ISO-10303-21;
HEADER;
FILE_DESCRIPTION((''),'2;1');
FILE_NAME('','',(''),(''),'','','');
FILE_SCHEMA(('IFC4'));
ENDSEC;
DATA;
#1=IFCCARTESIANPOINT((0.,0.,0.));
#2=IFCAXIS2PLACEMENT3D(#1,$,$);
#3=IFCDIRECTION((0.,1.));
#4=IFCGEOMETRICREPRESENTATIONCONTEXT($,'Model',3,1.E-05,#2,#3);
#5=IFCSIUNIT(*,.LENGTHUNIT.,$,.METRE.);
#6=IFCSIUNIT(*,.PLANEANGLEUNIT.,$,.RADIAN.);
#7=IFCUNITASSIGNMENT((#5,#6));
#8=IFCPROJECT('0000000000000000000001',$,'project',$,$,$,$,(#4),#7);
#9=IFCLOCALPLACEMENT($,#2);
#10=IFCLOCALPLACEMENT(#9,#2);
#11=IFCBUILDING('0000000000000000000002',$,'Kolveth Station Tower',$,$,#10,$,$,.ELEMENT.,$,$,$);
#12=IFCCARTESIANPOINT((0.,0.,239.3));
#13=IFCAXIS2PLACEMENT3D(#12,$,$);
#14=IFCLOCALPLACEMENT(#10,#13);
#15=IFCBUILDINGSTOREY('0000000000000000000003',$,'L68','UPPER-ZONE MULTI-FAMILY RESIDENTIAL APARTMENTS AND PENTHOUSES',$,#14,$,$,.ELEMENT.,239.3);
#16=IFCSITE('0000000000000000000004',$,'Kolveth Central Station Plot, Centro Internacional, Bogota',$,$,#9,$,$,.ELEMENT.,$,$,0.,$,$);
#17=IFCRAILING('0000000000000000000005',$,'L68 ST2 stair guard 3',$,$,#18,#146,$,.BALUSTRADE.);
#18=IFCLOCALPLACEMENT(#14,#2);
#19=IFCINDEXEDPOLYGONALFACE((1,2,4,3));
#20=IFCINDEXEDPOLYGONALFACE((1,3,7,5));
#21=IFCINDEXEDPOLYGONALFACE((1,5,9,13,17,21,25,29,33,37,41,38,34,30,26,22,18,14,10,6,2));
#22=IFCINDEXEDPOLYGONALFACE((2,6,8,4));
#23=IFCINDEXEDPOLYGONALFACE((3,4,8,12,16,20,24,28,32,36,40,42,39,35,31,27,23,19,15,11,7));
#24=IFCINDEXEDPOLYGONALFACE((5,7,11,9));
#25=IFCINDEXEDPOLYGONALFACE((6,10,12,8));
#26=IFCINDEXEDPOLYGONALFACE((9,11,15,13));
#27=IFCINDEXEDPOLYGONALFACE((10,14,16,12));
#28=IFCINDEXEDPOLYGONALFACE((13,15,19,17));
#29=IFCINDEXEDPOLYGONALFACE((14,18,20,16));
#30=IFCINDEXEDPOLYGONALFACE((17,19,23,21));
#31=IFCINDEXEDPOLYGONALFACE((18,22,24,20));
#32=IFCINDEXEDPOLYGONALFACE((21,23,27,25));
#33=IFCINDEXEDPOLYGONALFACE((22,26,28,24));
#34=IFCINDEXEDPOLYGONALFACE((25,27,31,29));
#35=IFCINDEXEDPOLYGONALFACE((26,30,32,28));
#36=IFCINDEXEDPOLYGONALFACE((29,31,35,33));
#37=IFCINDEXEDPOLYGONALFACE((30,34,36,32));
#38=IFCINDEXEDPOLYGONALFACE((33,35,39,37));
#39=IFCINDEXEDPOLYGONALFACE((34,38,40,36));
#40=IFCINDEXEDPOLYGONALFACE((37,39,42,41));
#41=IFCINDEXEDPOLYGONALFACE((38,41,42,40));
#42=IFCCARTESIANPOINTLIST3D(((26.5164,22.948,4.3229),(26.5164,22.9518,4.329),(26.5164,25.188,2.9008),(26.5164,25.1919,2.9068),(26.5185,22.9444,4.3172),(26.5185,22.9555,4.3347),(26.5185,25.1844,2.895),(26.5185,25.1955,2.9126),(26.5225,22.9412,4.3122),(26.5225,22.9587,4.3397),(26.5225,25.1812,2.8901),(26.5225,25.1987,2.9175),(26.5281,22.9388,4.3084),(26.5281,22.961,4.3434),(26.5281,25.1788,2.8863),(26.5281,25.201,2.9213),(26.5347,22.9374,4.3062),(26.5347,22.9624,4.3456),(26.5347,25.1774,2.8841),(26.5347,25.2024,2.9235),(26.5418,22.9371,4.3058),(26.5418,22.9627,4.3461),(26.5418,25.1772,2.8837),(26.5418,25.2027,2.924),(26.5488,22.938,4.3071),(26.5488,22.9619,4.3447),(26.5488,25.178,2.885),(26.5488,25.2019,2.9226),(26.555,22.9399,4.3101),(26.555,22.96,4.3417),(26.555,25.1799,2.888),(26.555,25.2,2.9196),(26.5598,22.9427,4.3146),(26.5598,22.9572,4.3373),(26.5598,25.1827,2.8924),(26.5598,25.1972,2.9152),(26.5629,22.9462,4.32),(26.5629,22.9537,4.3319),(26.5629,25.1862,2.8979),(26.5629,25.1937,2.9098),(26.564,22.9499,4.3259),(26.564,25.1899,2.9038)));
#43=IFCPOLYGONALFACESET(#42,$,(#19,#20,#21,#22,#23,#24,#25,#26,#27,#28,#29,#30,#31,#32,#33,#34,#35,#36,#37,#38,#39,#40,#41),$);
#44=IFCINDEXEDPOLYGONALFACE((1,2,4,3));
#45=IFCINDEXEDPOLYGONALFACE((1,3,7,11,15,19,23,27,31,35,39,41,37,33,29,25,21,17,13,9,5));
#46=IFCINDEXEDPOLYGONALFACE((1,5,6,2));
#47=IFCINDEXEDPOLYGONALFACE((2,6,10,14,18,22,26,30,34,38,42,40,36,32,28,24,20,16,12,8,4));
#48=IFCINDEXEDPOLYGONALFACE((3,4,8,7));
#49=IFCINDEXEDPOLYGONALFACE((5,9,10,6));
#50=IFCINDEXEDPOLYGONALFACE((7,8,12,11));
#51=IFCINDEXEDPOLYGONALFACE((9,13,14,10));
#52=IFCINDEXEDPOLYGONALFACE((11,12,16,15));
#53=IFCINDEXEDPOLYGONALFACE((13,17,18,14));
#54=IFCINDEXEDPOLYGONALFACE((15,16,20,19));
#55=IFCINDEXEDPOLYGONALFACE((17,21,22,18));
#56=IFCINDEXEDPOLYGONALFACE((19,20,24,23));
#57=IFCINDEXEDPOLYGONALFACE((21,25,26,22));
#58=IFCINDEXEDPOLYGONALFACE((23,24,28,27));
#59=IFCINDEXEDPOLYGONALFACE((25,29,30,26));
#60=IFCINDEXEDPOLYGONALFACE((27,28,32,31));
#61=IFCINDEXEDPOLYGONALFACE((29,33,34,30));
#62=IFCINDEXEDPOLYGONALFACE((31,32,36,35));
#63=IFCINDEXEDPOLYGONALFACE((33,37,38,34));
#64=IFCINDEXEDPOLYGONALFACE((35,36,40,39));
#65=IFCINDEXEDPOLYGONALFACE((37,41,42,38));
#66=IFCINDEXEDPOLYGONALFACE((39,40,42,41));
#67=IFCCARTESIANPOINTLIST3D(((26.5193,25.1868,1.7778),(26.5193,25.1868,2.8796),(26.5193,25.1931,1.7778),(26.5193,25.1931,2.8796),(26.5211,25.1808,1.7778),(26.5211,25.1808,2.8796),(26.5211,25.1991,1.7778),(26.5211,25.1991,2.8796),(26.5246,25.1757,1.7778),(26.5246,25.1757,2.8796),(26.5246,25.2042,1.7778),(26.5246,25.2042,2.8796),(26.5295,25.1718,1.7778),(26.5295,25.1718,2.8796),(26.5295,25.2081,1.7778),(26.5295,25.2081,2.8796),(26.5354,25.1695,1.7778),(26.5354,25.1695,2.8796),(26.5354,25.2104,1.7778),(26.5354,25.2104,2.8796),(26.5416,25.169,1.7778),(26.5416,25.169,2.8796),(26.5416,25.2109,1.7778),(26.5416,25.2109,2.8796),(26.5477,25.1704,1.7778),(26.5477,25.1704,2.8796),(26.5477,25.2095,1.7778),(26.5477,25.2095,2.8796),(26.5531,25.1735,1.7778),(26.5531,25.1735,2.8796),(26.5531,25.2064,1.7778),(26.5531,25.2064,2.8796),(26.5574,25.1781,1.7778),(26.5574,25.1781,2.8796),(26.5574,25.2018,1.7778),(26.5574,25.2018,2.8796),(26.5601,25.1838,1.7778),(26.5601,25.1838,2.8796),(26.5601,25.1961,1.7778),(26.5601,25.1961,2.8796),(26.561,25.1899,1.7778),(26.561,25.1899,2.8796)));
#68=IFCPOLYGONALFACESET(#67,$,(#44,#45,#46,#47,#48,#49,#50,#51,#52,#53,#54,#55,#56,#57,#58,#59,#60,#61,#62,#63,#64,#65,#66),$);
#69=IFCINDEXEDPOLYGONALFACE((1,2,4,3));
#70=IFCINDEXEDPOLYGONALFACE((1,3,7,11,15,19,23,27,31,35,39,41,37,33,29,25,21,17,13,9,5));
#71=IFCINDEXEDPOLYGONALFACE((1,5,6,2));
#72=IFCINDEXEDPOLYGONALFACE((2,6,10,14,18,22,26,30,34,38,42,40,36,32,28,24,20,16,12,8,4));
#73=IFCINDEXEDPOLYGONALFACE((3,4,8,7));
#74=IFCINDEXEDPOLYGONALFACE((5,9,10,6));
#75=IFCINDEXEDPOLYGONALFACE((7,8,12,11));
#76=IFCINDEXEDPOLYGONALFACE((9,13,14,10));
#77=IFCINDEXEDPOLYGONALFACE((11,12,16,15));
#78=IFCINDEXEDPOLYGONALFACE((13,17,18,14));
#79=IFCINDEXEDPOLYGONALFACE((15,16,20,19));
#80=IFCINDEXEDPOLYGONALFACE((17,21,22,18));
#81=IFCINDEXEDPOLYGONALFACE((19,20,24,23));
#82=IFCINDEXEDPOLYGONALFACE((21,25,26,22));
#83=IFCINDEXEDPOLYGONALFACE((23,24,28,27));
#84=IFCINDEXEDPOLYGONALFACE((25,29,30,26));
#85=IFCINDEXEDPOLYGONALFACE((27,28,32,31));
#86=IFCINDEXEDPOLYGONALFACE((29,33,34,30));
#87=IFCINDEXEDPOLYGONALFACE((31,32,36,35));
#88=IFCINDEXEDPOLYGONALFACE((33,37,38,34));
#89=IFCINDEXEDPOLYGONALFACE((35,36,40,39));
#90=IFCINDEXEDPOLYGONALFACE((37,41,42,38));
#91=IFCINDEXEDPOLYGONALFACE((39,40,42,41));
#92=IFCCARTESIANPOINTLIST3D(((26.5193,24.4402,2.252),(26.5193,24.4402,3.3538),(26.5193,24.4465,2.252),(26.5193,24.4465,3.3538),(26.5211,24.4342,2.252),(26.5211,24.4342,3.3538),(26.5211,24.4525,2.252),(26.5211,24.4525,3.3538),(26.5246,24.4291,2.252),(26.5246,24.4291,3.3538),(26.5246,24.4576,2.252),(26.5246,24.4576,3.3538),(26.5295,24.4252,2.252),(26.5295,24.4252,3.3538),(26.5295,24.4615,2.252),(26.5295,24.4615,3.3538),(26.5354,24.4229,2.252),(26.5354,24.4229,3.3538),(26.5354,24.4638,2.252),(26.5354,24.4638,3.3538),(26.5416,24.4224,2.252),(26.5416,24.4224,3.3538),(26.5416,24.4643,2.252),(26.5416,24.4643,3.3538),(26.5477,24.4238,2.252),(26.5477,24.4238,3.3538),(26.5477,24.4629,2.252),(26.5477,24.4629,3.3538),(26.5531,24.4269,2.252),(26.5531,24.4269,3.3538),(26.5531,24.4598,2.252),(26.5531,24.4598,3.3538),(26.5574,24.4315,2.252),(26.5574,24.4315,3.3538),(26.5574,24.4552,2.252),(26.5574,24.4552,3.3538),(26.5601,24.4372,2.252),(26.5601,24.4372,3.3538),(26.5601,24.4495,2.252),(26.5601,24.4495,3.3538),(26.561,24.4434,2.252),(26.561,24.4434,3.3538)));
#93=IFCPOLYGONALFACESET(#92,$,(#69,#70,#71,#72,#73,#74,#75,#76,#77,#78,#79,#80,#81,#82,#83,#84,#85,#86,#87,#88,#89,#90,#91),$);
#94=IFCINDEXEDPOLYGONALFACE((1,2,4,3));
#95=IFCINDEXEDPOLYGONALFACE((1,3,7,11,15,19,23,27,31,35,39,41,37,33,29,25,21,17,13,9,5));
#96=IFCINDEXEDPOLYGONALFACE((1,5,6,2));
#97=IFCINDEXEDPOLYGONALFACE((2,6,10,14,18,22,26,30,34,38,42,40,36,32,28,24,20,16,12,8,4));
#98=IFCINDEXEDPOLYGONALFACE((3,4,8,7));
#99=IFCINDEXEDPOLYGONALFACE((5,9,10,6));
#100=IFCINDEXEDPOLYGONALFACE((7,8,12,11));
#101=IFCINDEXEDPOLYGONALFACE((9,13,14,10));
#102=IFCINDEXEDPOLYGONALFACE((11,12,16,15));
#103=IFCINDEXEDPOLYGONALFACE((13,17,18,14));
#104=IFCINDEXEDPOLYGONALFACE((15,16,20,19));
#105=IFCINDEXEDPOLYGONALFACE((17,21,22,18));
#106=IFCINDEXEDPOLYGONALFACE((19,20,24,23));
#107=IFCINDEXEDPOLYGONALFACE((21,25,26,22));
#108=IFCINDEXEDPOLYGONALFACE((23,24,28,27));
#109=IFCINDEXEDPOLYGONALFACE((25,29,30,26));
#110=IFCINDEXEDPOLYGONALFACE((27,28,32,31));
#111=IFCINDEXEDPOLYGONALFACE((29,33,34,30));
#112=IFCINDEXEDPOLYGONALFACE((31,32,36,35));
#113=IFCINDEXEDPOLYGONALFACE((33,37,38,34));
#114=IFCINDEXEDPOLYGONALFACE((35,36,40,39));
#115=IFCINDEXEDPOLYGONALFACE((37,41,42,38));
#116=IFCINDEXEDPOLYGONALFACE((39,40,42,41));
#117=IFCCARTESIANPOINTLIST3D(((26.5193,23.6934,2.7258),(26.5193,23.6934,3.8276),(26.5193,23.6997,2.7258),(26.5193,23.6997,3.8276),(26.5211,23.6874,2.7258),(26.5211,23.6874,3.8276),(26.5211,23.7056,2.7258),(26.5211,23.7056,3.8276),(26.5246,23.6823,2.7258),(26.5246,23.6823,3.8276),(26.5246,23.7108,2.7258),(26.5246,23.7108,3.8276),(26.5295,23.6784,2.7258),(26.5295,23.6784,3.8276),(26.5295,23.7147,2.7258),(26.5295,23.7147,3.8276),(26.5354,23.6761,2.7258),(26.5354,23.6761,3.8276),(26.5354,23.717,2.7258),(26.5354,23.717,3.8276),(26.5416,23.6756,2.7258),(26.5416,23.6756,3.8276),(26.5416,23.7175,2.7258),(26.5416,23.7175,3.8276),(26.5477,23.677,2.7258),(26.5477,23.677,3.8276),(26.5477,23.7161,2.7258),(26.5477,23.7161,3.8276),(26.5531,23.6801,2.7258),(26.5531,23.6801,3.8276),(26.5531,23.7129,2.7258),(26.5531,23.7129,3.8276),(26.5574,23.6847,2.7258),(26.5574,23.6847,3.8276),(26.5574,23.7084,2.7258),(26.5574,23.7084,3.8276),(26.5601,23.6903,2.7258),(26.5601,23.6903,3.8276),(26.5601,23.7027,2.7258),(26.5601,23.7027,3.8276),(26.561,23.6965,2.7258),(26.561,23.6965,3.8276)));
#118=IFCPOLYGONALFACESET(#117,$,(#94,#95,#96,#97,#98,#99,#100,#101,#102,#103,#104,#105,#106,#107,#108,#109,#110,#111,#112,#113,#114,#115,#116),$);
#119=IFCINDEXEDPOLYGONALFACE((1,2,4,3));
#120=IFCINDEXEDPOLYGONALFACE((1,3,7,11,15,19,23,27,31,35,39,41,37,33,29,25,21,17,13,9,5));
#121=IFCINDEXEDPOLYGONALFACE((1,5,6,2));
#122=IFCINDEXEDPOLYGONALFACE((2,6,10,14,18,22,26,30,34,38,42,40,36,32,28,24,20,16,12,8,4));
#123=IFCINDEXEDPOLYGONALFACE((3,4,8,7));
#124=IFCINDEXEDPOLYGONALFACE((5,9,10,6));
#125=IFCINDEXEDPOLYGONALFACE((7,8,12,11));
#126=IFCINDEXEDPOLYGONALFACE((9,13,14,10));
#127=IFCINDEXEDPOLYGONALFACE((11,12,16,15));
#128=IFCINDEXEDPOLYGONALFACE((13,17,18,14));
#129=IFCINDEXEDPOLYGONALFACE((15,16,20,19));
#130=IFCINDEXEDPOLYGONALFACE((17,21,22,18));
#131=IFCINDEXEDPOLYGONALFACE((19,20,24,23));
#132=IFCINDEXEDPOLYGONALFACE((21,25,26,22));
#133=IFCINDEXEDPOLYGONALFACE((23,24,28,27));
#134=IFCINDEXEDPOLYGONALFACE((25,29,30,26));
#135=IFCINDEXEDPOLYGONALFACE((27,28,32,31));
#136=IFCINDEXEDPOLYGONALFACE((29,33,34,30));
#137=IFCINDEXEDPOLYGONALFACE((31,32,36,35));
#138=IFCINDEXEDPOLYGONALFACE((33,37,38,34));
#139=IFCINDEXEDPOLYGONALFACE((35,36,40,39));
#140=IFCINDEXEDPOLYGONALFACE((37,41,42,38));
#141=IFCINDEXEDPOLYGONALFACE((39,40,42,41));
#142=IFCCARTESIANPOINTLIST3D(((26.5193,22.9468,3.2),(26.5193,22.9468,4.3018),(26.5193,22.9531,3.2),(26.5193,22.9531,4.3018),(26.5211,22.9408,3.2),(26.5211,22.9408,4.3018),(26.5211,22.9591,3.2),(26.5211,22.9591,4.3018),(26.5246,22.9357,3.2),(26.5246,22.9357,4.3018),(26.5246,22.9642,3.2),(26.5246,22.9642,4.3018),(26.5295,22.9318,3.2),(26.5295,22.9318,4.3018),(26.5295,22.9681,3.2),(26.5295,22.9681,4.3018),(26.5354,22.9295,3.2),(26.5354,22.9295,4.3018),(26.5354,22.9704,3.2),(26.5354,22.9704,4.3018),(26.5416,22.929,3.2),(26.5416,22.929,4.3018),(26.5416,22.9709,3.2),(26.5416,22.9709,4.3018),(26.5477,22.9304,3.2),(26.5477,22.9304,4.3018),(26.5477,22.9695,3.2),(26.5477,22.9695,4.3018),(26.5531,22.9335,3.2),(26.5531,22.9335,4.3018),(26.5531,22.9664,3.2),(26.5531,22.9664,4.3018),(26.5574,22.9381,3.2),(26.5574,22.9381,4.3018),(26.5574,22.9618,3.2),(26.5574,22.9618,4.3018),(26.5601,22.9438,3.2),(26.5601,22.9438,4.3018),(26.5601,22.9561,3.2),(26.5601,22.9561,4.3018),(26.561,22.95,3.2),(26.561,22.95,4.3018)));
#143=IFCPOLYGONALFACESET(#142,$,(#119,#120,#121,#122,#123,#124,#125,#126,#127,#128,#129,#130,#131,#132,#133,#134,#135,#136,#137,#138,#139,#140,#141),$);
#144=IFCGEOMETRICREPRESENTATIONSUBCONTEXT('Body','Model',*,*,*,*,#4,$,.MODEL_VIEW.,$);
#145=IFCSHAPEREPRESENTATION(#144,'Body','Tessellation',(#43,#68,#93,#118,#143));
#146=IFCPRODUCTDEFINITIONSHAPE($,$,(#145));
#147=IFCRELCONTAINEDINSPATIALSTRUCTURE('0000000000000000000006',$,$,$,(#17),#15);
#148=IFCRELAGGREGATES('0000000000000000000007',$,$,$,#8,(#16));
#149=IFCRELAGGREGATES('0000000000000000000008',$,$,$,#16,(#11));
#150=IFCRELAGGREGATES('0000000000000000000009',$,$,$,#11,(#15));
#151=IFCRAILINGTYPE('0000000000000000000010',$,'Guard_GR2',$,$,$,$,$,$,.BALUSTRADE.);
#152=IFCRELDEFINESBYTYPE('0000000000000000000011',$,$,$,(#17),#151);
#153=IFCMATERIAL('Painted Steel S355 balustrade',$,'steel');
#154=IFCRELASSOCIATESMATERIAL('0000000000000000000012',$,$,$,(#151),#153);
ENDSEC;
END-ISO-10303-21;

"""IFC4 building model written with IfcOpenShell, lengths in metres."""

from ifc_helpers import new_model, si_unit, direction, frame, origin, origin_2d, place, context, subcontext, project, spatial, circle, extrude, material, type_object, element, save


model = new_model("IFC4")

# Units and contexts
model_context = context("Model", 3, precision=1e-05, world=origin(), true_north=direction((0.0, 1.0)))
body_context = subcontext(model_context, "Body", "Model", "MODEL_VIEW")
ifc_project = project(units=[si_unit("LENGTHUNIT", "METRE"), si_unit("PLANEANGLEUNIT", "RADIAN")], contexts=[model_context])

# Site, building, storey
site_placement = place(None, origin())
site = spatial("IfcSite", under=ifc_project, at=site_placement, Name="Kolveth Central Station Plot, Centro Internacional, Bogota", CompositionType="ELEMENT", RefElevation=0.0)
building_placement = place(site_placement, origin())
building = spatial("IfcBuilding", under=site, at=building_placement, Name="Kolveth Station Tower", CompositionType="ELEMENT")
storey_placement = place(building_placement, frame((0.0, 0.0, 239.3)))
storey = spatial("IfcBuildingStorey", under=building, at=storey_placement, Name="L68", Description="UPPER-ZONE MULTI-FAMILY RESIDENTIAL APARTMENTS AND PENTHOUSES", CompositionType="ELEMENT", Elevation=239.3)

# Railing
ifc_material_1 = material(Name="Painted Steel S355 balustrade", Category="steel")
railing_type_1 = type_object("IfcRailingType", Name="Guard_GR2", PredefinedType="BALUSTRADE", material=ifc_material_1)
railing_1_placement = place(storey_placement, frame((26.54, 25.1899, 1.7778)))
element("IfcRailing", 1, at=railing_1_placement, inside=storey, type_object=railing_type_1, Name="L68 ST2 stair guard 3", PredefinedType="BALUSTRADE", context=body_context, shape_type="SweptSolid", body=[
    extrude(circle(Radius=0.0239, at=origin_2d()), frame((0.0, 0.0, 1.126), z_axis=(0.0, -0.844229, 0.535982), x_axis=(1.0, 0.0, 0.0)), (0.0, 0.0, 1.0), 2.6533),
    extrude(circle(Radius=0.021, at=origin_2d()), origin(), (0.0, 0.0, 1.0), 1.1018),
    extrude(circle(Radius=0.021, at=origin_2d()), frame((0.0, -0.7466, 0.4741)), (0.0, 0.0, 1.0), 1.1018),
    extrude(circle(Radius=0.021, at=origin_2d()), frame((0.0, -1.4934, 0.948)), (0.0, 0.0, 1.0), 1.1018),
    extrude(circle(Radius=0.021, at=origin_2d()), frame((0.0, -2.24, 1.4221)), (0.0, 0.0, 1.0), 1.1018),
])

save(model, "model.ifc")
